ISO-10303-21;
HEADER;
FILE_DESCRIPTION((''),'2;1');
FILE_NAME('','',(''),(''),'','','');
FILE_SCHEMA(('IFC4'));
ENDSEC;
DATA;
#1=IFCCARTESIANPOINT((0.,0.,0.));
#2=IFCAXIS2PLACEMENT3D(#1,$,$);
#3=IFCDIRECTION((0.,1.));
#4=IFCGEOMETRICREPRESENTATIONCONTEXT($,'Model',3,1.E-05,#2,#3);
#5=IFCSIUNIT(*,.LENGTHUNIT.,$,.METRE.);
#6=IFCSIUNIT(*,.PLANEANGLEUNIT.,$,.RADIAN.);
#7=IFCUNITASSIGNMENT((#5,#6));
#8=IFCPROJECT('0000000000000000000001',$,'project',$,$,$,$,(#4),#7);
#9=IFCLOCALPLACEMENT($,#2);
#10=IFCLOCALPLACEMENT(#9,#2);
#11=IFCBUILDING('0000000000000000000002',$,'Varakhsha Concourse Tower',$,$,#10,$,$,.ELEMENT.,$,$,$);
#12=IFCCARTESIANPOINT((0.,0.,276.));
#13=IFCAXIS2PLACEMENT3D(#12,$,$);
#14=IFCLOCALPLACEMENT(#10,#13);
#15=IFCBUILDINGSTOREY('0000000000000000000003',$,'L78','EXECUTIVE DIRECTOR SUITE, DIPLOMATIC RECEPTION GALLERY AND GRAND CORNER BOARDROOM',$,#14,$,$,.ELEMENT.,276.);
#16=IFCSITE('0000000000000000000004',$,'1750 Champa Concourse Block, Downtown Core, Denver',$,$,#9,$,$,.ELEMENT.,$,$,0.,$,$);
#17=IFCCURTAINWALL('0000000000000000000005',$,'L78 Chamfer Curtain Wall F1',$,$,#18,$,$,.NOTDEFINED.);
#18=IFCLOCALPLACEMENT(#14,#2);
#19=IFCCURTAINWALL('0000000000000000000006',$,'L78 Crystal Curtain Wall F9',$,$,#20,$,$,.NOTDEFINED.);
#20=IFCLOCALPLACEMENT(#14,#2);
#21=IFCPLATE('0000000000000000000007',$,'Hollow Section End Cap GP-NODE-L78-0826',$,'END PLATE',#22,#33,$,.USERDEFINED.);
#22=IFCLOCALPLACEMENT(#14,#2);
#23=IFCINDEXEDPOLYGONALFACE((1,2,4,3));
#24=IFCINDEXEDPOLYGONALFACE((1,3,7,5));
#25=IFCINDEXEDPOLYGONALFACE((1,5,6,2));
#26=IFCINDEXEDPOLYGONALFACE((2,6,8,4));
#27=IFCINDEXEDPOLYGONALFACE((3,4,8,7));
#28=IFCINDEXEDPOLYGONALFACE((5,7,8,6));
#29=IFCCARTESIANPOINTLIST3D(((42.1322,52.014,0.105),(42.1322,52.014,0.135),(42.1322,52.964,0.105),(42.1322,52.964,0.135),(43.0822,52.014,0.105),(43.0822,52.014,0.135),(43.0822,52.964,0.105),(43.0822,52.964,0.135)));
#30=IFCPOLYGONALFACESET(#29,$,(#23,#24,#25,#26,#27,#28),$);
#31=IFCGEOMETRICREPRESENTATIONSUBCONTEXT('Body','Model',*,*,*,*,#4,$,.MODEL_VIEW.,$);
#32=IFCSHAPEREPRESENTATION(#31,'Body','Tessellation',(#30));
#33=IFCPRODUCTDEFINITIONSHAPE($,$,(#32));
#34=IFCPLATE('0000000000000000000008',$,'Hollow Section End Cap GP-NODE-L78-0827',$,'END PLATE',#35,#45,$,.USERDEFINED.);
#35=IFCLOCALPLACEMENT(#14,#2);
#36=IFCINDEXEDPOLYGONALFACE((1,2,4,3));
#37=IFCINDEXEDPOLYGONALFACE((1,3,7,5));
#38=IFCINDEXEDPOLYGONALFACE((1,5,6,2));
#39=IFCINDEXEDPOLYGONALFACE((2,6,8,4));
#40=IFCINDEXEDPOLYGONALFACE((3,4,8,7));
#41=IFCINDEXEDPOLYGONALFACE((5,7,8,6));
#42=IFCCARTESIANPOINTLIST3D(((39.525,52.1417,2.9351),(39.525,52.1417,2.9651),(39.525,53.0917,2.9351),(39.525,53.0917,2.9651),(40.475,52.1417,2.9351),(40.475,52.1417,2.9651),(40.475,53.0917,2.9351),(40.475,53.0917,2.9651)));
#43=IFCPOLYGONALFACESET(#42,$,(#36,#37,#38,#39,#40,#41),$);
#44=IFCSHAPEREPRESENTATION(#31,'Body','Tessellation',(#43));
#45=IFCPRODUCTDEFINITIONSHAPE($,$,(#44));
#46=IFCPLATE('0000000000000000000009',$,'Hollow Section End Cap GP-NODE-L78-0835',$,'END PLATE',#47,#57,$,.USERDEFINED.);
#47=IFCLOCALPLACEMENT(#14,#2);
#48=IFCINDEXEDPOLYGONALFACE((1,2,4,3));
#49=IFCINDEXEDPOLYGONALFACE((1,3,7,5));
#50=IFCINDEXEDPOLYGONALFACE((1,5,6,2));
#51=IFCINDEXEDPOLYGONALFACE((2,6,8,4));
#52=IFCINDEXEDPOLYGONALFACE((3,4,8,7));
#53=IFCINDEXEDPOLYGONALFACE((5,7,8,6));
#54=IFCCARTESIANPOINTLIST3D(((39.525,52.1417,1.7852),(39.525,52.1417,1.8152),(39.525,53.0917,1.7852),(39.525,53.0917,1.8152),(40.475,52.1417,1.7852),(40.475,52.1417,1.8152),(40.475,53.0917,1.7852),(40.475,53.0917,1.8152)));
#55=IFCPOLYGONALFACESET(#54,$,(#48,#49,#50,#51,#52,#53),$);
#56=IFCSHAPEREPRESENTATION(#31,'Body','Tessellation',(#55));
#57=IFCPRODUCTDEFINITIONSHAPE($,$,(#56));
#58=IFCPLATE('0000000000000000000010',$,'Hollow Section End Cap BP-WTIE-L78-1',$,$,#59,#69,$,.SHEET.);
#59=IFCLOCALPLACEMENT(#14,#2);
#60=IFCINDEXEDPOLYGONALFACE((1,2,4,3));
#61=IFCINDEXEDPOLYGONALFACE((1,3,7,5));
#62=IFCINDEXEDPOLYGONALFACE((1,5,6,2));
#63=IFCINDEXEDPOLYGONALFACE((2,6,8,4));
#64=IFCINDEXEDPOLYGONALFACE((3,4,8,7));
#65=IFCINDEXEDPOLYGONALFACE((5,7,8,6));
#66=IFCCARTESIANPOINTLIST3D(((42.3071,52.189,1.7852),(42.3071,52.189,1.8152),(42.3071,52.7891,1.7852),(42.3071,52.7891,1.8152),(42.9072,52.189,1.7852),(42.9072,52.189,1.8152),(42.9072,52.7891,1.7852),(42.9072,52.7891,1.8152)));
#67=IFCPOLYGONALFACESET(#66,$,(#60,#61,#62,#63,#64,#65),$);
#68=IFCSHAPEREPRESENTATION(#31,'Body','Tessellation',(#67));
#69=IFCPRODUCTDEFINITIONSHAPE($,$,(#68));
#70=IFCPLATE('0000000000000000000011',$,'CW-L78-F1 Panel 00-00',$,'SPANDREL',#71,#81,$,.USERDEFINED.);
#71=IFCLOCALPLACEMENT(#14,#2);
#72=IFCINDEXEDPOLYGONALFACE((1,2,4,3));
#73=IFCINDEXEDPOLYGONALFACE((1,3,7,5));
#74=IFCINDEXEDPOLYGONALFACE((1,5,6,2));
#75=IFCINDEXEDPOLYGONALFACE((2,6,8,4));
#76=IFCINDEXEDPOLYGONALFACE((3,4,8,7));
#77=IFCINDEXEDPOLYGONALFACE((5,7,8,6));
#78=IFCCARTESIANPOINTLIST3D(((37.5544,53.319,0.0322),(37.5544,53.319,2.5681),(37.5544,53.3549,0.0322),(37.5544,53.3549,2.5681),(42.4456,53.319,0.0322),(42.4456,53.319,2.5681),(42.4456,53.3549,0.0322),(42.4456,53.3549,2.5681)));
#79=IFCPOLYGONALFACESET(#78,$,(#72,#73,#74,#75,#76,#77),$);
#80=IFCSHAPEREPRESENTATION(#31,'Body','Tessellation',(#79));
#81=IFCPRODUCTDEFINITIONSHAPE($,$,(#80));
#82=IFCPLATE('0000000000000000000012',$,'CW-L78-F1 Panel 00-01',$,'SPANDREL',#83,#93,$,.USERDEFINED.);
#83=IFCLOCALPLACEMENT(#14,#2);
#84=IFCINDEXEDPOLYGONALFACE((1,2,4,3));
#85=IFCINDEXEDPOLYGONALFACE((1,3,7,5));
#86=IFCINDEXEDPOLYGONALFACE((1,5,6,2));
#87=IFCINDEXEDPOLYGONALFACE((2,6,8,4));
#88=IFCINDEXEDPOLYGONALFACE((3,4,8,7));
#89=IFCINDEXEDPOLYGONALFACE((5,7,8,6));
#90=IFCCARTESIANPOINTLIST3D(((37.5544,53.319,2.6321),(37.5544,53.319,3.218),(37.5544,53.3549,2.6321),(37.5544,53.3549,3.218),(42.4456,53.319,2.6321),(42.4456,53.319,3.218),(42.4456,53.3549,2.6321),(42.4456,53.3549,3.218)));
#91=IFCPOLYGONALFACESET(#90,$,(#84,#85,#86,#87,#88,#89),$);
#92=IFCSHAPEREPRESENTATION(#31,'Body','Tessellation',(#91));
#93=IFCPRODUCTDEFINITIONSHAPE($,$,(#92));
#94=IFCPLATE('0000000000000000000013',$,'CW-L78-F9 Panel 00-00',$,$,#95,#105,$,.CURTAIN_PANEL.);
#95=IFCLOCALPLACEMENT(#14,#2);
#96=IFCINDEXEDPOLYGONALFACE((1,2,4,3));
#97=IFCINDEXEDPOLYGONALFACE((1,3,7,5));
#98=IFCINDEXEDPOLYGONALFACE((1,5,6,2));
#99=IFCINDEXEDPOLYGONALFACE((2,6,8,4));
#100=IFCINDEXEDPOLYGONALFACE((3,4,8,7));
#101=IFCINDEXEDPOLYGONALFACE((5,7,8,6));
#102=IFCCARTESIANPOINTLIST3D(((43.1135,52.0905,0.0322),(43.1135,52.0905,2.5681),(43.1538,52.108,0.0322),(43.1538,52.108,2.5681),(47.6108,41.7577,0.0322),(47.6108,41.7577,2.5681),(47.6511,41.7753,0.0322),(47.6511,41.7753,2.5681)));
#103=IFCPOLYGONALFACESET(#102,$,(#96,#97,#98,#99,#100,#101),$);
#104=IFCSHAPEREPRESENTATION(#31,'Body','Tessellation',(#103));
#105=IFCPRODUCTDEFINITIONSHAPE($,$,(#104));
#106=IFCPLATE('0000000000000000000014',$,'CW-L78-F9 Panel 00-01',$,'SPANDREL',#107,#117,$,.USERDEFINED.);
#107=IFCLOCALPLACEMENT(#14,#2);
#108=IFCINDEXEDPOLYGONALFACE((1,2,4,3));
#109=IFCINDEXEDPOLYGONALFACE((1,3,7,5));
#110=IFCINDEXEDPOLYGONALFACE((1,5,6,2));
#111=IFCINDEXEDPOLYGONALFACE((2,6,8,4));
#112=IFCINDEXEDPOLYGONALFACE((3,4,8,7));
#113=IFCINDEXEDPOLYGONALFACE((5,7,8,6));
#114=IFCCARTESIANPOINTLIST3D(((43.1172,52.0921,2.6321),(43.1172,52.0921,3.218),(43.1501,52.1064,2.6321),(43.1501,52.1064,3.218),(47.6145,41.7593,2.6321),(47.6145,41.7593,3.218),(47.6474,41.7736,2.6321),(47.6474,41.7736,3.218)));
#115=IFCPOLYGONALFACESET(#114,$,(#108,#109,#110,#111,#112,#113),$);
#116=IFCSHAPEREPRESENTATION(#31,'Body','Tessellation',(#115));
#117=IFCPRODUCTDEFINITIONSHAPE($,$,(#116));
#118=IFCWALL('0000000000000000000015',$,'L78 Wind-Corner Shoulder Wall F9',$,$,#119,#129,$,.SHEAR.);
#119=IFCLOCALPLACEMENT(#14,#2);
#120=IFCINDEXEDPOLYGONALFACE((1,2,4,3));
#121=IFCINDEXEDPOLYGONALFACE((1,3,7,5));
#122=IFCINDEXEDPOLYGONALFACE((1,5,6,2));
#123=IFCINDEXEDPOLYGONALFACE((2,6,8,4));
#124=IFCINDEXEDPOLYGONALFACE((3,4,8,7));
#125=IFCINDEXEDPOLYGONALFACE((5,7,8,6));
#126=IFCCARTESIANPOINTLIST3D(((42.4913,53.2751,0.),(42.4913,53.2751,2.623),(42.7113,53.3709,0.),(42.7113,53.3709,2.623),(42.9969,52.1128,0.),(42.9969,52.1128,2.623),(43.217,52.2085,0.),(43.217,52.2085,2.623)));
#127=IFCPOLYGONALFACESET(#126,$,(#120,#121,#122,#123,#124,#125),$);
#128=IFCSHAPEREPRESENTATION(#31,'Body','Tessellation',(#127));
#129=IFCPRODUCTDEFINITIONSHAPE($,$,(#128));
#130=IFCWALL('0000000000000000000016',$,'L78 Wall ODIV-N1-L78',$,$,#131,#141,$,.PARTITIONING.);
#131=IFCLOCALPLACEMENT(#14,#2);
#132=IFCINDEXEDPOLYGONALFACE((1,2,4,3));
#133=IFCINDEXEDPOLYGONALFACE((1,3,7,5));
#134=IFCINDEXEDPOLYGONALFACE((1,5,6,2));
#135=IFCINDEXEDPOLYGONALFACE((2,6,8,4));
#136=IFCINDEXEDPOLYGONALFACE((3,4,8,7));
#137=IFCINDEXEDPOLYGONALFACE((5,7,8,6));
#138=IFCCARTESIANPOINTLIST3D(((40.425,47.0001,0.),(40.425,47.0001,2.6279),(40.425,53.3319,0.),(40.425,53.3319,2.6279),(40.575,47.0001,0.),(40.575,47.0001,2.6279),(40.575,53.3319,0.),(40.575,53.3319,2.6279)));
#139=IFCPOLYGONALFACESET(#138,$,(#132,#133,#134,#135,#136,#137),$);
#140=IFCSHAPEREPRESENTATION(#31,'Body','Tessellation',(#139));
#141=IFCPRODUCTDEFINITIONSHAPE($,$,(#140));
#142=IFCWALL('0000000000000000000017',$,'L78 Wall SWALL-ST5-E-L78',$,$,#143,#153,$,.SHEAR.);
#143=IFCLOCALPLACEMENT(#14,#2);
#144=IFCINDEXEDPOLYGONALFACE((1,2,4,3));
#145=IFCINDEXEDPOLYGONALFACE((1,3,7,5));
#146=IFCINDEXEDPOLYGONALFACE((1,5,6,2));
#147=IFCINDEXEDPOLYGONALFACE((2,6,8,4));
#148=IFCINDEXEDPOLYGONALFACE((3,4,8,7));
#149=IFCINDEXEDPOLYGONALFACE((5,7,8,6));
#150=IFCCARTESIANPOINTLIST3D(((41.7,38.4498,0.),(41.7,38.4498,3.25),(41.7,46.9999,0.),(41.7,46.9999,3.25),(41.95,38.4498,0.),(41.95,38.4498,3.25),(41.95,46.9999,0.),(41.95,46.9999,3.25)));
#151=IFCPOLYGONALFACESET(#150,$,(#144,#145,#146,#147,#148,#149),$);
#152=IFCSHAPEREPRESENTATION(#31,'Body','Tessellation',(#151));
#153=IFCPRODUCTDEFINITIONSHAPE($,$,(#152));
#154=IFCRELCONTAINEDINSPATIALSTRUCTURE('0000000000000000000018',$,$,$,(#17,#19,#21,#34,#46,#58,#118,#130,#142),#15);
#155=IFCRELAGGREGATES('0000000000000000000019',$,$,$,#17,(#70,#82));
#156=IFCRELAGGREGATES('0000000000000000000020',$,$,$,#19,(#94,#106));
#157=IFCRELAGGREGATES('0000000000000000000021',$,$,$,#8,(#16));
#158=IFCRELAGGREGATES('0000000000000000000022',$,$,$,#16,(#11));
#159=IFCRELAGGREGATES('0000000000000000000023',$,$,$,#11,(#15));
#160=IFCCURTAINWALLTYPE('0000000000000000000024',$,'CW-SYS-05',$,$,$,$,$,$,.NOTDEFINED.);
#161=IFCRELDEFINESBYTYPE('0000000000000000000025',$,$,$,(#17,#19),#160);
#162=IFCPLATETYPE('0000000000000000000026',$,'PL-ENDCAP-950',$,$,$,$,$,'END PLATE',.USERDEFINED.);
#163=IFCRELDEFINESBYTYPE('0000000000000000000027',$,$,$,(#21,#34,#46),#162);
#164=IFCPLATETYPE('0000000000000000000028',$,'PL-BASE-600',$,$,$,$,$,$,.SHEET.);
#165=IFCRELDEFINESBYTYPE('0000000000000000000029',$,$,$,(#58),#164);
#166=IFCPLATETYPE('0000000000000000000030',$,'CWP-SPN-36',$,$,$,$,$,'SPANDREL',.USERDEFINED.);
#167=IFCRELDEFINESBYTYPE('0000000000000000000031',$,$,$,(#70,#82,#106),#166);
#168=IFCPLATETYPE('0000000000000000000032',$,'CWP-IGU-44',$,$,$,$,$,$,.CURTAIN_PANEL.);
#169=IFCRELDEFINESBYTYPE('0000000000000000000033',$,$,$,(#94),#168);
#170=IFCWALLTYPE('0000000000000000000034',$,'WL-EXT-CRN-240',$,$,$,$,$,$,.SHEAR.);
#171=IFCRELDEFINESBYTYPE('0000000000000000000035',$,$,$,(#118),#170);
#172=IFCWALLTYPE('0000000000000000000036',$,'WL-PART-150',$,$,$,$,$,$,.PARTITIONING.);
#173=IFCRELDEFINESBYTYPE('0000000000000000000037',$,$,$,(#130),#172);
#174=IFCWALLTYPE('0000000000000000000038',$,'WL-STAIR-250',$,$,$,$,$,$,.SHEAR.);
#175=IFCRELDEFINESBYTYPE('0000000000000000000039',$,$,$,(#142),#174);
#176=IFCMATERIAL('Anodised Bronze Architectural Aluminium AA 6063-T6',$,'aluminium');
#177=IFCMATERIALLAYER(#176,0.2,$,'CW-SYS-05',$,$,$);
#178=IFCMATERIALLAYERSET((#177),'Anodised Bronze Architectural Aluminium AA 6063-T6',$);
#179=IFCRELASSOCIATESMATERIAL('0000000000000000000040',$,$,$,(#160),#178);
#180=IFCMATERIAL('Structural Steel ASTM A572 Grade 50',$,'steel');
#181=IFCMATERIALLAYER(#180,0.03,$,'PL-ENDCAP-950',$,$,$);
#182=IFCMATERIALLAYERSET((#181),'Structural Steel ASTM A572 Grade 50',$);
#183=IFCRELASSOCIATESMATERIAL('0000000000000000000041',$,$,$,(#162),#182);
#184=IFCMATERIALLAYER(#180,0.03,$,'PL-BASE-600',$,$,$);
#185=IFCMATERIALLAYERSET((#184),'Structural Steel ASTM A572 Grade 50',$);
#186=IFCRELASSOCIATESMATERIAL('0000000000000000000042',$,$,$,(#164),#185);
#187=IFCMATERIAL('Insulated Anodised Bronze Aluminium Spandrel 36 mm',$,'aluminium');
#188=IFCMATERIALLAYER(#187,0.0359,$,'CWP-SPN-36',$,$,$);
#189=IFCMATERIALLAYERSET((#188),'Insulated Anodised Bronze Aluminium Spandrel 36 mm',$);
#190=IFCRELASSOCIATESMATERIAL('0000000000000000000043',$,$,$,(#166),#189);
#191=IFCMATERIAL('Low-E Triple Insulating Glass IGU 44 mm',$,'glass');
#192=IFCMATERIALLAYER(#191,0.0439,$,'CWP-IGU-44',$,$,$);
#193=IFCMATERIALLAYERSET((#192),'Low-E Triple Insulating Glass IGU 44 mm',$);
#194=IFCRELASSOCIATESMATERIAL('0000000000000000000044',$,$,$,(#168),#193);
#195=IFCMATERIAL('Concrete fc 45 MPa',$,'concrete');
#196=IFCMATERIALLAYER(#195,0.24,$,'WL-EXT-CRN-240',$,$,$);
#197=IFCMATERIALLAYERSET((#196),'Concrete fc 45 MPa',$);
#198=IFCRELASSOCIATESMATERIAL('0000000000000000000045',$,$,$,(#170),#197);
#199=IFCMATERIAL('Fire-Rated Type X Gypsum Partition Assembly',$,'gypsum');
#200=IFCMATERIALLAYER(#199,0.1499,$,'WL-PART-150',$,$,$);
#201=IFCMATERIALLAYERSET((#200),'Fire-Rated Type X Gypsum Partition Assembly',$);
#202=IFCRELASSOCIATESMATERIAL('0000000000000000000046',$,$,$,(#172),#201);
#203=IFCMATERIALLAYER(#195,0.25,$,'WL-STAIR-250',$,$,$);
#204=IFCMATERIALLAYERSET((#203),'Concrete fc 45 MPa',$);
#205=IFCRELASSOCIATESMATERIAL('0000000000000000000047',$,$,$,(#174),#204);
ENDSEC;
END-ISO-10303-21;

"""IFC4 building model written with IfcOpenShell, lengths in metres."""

from ifc_helpers import new_model, si_unit, direction, frame, frame_2d, origin, origin_2d, place, context, subcontext, project, spatial, rectangle, extrude, source, transform, mapped, material, layer, layer_set, type_object, type_shapes, element, aggregate, save


model = new_model("IFC4")

# Units and contexts
model_context = context("Model", 3, precision=1e-05, world=origin(), true_north=direction((0.0, 1.0)))
body_context = subcontext(model_context, "Body", "Model", "MODEL_VIEW")
ifc_project = project(units=[si_unit("LENGTHUNIT", "METRE"), si_unit("PLANEANGLEUNIT", "RADIAN")], contexts=[model_context])

# Site, building, storey
site_placement = place(None, origin())
site = spatial("IfcSite", under=ifc_project, at=site_placement, Name="1750 Champa Concourse Block, Downtown Core, Denver", CompositionType="ELEMENT", RefElevation=0.0)
building_placement = place(site_placement, origin())
building = spatial("IfcBuilding", under=site, at=building_placement, Name="Varakhsha Concourse Tower", CompositionType="ELEMENT")
storey_placement = place(building_placement, frame((0.0, 0.0, 276.0)))
storey = spatial("IfcBuildingStorey", under=building, at=storey_placement, Name="L78", Description="EXECUTIVE DIRECTOR SUITE, DIPLOMATIC RECEPTION GALLERY AND GRAND CORNER BOARDROOM", CompositionType="ELEMENT", Elevation=276.0)

# Shared definitions
ifc_material_1 = material(Name="Structural Steel ASTM A572 Grade 50", Category="steel")

# Curtain wall
ifc_material_2 = material(Name="Anodised Bronze Architectural Aluminium AA 6063-T6", Category="aluminium")
ifc_layer_1 = layer(ifc_material_2, 0.2, Name="CW-SYS-05")
ifc_layer_set_1 = layer_set([ifc_layer_1], Name="Anodised Bronze Architectural Aluminium AA 6063-T6")
curtain_wall_type = type_object("IfcCurtainWallType", Name="CW-SYS-05", PredefinedType="NOTDEFINED", material=ifc_layer_set_1)
curtain_wall_1_placement = place(storey_placement, origin())
curtain_wall_1 = element("IfcCurtainWall", 1, at=curtain_wall_1_placement, inside=storey, type_object=curtain_wall_type, Name="L78 Chamfer Curtain Wall F1", PredefinedType="NOTDEFINED")

# Curtain wall
curtain_wall_2_placement = place(storey_placement, origin())
curtain_wall_2 = element("IfcCurtainWall", 2, at=curtain_wall_2_placement, inside=storey, type_object=curtain_wall_type, Name="L78 Crystal Curtain Wall F9", PredefinedType="NOTDEFINED")

# Plates
ifc_layer_2 = layer(ifc_material_1, 0.03, Name="PL-ENDCAP-950")
ifc_layer_set_2 = layer_set([ifc_layer_2], Name="Structural Steel ASTM A572 Grade 50")
plate_type_1 = type_object("IfcPlateType", Name="PL-ENDCAP-950", ElementType="END PLATE", PredefinedType="USERDEFINED", material=ifc_layer_set_2)
shared_shape_1 = source(origin(), body_context, "Body", "SweptSolid", [
    extrude(rectangle(XDim=0.95, YDim=0.95, at=origin_2d()), origin(), (0.0, 0.0, 1.0), 0.03),
])
type_shapes(plate_type_1, [shared_shape_1])
for number, where, z_axis, x_axis, name in (
    (3, (42.6072, 52.489, 0.105), (0.0, 0.0, 1.0), (1.0, 0.0, 0.0), "Hollow Section End Cap GP-NODE-L78-0826"),
    (4, (40.0, 52.6167, 2.9351), (0.0, 0.0, 1.0), (1.0, 0.0, 0.0), "Hollow Section End Cap GP-NODE-L78-0827"),
    (5, (40.0, 52.6167, 1.7852), (0.0, 0.0, 1.0), (1.0, 0.0, 0.0), "Hollow Section End Cap GP-NODE-L78-0835"),
):
    element("IfcPlate", number, at=place(storey_placement, frame(where, z_axis=z_axis, x_axis=x_axis)), inside=storey, type_object=plate_type_1, Name=name, ObjectType="END PLATE", PredefinedType="USERDEFINED", context=body_context, shape_type="MappedRepresentation", body=[
        mapped(shared_shape_1, transform((0.0, 0.0, 0.0), scale=1.0)),
    ])
ifc_layer_3 = layer(ifc_material_1, 0.03, Name="PL-BASE-600")
ifc_layer_set_3 = layer_set([ifc_layer_3], Name="Structural Steel ASTM A572 Grade 50")
plate_type_2 = type_object("IfcPlateType", Name="PL-BASE-600", PredefinedType="SHEET", material=ifc_layer_set_3)
shared_shape_2 = source(origin(), body_context, "Body", "SweptSolid", [
    extrude(rectangle(XDim=0.6001, YDim=0.6001, at=origin_2d()), origin(), (0.0, 0.0, 1.0), 0.03),
])
type_shapes(plate_type_2, [shared_shape_2])
plate_1_placement = place(storey_placement, frame((42.6072, 52.489, 1.7852), z_axis=(0.0, 0.0, 1.0), x_axis=(1.0, 0.0, 0.0)))
element("IfcPlate", 6, at=plate_1_placement, inside=storey, type_object=plate_type_2, Name="Hollow Section End Cap BP-WTIE-L78-1", PredefinedType="SHEET", context=body_context, shape_type="MappedRepresentation", body=[
    mapped(shared_shape_2, transform((0.0, 0.0, 0.0), scale=1.0)),
])

# Plates
ifc_material_3 = material(Name="Insulated Anodised Bronze Aluminium Spandrel 36 mm", Category="aluminium")
ifc_layer_4 = layer(ifc_material_3, 0.0359, Name="CWP-SPN-36")
ifc_layer_set_4 = layer_set([ifc_layer_4], Name="Insulated Anodised Bronze Aluminium Spandrel 36 mm")
plate_type_3 = type_object("IfcPlateType", Name="CWP-SPN-36", ElementType="SPANDREL", PredefinedType="USERDEFINED", material=ifc_layer_set_4)
shared_shape_3 = source(origin(), body_context, "Body", "SweptSolid", [
    extrude(rectangle(XDim=4.8911, YDim=0.0359, at=origin_2d()), origin(), (0.0, 0.0, 1.0), 2.5359),
])
plate_2_placement = place(storey_placement, frame((40.0, 53.3369, 0.0322), z_axis=(0.0, 0.0, 1.0), x_axis=(1.0, 0.0, 0.0)))
plate_2 = element("IfcPlate", 7, at=plate_2_placement, type_object=plate_type_3, Name="CW-L78-F1 Panel 00-00", ObjectType="SPANDREL", PredefinedType="USERDEFINED", context=body_context, shape_type="MappedRepresentation", body=[
    mapped(shared_shape_3, transform((0.0, 0.0, 0.0), scale=1.0)),
])
shared_shape_4 = source(origin(), body_context, "Body", "SweptSolid", [
    extrude(rectangle(XDim=4.8911, YDim=0.0359, at=origin_2d()), origin(), (0.0, 0.0, 1.0), 0.5859),
])
plate_3_placement = place(storey_placement, frame((40.0, 53.3369, 2.6321), z_axis=(0.0, 0.0, 1.0), x_axis=(1.0, 0.0, 0.0)))
plate_3 = element("IfcPlate", 8, at=plate_3_placement, type_object=plate_type_3, Name="CW-L78-F1 Panel 00-01", ObjectType="SPANDREL", PredefinedType="USERDEFINED", context=body_context, shape_type="MappedRepresentation", body=[
    mapped(shared_shape_4, transform((0.0, 0.0, 0.0), scale=1.0)),
])
aggregate(curtain_wall_1, [plate_2, plate_3])
ifc_material_4 = material(Name="Low-E Triple Insulating Glass IGU 44 mm", Category="glass")
ifc_layer_5 = layer(ifc_material_4, 0.0439, Name="CWP-IGU-44")
ifc_layer_set_5 = layer_set([ifc_layer_5], Name="Low-E Triple Insulating Glass IGU 44 mm")
plate_type_4 = type_object("IfcPlateType", Name="CWP-IGU-44", PredefinedType="CURTAIN_PANEL", material=ifc_layer_set_5)
shared_shape_5 = source(origin(), body_context, "Body", "SweptSolid", [
    extrude(rectangle(XDim=11.269, YDim=0.0439, at=origin_2d()), origin(), (0.0, 0.0, 1.0), 2.5359),
])
type_shapes(plate_type_4, [shared_shape_5])
plate_4_placement = place(storey_placement, frame((45.3823, 46.9329, 0.0322), z_axis=(0.0, 0.0, 1.0), x_axis=(0.399084, -0.916915, 0.0)))
plate_4 = element("IfcPlate", 9, at=plate_4_placement, type_object=plate_type_4, Name="CW-L78-F9 Panel 00-00", PredefinedType="CURTAIN_PANEL", context=body_context, shape_type="MappedRepresentation", body=[
    mapped(shared_shape_5, transform((0.0, 0.0, 0.0), scale=1.0)),
])
shared_shape_6 = source(origin(), body_context, "Body", "SweptSolid", [
    extrude(rectangle(XDim=11.269, YDim=0.0359, at=origin_2d()), origin(), (0.0, 0.0, 1.0), 0.5859),
])
type_shapes(plate_type_3, [shared_shape_3, shared_shape_4, shared_shape_6])
plate_5_placement = place(storey_placement, frame((45.3823, 46.9329, 2.6321), z_axis=(0.0, 0.0, 1.0), x_axis=(0.399084, -0.916915, 0.0)))
plate_5 = element("IfcPlate", 10, at=plate_5_placement, type_object=plate_type_3, Name="CW-L78-F9 Panel 00-01", ObjectType="SPANDREL", PredefinedType="USERDEFINED", context=body_context, shape_type="MappedRepresentation", body=[
    mapped(shared_shape_6, transform((0.0, 0.0, 0.0), scale=1.0)),
])
aggregate(curtain_wall_2, [plate_4, plate_5])

# Walls
ifc_material_5 = material(Name="Concrete fc 45 MPa", Category="concrete")
ifc_layer_6 = layer(ifc_material_5, 0.24, Name="WL-EXT-CRN-240")
ifc_layer_set_6 = layer_set([ifc_layer_6], Name="Concrete fc 45 MPa")
wall_type_1 = type_object("IfcWallType", Name="WL-EXT-CRN-240", PredefinedType="SHEAR", material=ifc_layer_set_6)
wall_1_placement = place(storey_placement, frame((43.1069, 52.1606, 0.0), z_axis=(0.0, 0.0, 1.0), x_axis=(-0.398888, 0.917, 0.0)))
element("IfcWall", 11, at=wall_1_placement, inside=storey, type_object=wall_type_1, Name="L78 Wind-Corner Shoulder Wall F9", PredefinedType="SHEAR", context=body_context, shape_type="SweptSolid", body=[
    extrude(rectangle(XDim=1.2676, YDim=0.24, at=frame_2d((0.6338, 0.0))), origin(), (0.0, 0.0, 1.0), 2.623),
])
ifc_material_6 = material(Name="Fire-Rated Type X Gypsum Partition Assembly", Category="gypsum")
ifc_layer_7 = layer(ifc_material_6, 0.1499, Name="WL-PART-150")
ifc_layer_set_7 = layer_set([ifc_layer_7], Name="Fire-Rated Type X Gypsum Partition Assembly")
wall_type_2 = type_object("IfcWallType", Name="WL-PART-150", PredefinedType="PARTITIONING", material=ifc_layer_set_7)
wall_2_placement = place(storey_placement, frame((40.5, 47.0, 0.0), z_axis=(0.0, 0.0, 1.0), x_axis=(0.0, 1.0, 0.0)))
element("IfcWall", 12, at=wall_2_placement, inside=storey, type_object=wall_type_2, Name="L78 Wall ODIV-N1-L78", PredefinedType="PARTITIONING", context=body_context, shape_type="SweptSolid", body=[
    extrude(rectangle(XDim=6.3318, YDim=0.1499, at=frame_2d((3.166, 0.0))), origin(), (0.0, 0.0, 1.0), 2.6279),
])
ifc_layer_8 = layer(ifc_material_5, 0.25, Name="WL-STAIR-250")
ifc_layer_set_8 = layer_set([ifc_layer_8], Name="Concrete fc 45 MPa")
wall_type_3 = type_object("IfcWallType", Name="WL-STAIR-250", PredefinedType="SHEAR", material=ifc_layer_set_8)
wall_3_placement = place(storey_placement, frame((41.825, 38.45, 0.0), z_axis=(0.0, 0.0, 1.0), x_axis=(0.0, 1.0, 0.0)))
element("IfcWall", 13, at=wall_3_placement, inside=storey, type_object=wall_type_3, Name="L78 Wall SWALL-ST5-E-L78", PredefinedType="SHEAR", context=body_context, shape_type="SweptSolid", body=[
    extrude(rectangle(XDim=8.55, YDim=0.25, at=frame_2d((4.2749, 0.0))), origin(), (0.0, 0.0, 1.0), 3.25),
])

save(model, "model.ifc")
